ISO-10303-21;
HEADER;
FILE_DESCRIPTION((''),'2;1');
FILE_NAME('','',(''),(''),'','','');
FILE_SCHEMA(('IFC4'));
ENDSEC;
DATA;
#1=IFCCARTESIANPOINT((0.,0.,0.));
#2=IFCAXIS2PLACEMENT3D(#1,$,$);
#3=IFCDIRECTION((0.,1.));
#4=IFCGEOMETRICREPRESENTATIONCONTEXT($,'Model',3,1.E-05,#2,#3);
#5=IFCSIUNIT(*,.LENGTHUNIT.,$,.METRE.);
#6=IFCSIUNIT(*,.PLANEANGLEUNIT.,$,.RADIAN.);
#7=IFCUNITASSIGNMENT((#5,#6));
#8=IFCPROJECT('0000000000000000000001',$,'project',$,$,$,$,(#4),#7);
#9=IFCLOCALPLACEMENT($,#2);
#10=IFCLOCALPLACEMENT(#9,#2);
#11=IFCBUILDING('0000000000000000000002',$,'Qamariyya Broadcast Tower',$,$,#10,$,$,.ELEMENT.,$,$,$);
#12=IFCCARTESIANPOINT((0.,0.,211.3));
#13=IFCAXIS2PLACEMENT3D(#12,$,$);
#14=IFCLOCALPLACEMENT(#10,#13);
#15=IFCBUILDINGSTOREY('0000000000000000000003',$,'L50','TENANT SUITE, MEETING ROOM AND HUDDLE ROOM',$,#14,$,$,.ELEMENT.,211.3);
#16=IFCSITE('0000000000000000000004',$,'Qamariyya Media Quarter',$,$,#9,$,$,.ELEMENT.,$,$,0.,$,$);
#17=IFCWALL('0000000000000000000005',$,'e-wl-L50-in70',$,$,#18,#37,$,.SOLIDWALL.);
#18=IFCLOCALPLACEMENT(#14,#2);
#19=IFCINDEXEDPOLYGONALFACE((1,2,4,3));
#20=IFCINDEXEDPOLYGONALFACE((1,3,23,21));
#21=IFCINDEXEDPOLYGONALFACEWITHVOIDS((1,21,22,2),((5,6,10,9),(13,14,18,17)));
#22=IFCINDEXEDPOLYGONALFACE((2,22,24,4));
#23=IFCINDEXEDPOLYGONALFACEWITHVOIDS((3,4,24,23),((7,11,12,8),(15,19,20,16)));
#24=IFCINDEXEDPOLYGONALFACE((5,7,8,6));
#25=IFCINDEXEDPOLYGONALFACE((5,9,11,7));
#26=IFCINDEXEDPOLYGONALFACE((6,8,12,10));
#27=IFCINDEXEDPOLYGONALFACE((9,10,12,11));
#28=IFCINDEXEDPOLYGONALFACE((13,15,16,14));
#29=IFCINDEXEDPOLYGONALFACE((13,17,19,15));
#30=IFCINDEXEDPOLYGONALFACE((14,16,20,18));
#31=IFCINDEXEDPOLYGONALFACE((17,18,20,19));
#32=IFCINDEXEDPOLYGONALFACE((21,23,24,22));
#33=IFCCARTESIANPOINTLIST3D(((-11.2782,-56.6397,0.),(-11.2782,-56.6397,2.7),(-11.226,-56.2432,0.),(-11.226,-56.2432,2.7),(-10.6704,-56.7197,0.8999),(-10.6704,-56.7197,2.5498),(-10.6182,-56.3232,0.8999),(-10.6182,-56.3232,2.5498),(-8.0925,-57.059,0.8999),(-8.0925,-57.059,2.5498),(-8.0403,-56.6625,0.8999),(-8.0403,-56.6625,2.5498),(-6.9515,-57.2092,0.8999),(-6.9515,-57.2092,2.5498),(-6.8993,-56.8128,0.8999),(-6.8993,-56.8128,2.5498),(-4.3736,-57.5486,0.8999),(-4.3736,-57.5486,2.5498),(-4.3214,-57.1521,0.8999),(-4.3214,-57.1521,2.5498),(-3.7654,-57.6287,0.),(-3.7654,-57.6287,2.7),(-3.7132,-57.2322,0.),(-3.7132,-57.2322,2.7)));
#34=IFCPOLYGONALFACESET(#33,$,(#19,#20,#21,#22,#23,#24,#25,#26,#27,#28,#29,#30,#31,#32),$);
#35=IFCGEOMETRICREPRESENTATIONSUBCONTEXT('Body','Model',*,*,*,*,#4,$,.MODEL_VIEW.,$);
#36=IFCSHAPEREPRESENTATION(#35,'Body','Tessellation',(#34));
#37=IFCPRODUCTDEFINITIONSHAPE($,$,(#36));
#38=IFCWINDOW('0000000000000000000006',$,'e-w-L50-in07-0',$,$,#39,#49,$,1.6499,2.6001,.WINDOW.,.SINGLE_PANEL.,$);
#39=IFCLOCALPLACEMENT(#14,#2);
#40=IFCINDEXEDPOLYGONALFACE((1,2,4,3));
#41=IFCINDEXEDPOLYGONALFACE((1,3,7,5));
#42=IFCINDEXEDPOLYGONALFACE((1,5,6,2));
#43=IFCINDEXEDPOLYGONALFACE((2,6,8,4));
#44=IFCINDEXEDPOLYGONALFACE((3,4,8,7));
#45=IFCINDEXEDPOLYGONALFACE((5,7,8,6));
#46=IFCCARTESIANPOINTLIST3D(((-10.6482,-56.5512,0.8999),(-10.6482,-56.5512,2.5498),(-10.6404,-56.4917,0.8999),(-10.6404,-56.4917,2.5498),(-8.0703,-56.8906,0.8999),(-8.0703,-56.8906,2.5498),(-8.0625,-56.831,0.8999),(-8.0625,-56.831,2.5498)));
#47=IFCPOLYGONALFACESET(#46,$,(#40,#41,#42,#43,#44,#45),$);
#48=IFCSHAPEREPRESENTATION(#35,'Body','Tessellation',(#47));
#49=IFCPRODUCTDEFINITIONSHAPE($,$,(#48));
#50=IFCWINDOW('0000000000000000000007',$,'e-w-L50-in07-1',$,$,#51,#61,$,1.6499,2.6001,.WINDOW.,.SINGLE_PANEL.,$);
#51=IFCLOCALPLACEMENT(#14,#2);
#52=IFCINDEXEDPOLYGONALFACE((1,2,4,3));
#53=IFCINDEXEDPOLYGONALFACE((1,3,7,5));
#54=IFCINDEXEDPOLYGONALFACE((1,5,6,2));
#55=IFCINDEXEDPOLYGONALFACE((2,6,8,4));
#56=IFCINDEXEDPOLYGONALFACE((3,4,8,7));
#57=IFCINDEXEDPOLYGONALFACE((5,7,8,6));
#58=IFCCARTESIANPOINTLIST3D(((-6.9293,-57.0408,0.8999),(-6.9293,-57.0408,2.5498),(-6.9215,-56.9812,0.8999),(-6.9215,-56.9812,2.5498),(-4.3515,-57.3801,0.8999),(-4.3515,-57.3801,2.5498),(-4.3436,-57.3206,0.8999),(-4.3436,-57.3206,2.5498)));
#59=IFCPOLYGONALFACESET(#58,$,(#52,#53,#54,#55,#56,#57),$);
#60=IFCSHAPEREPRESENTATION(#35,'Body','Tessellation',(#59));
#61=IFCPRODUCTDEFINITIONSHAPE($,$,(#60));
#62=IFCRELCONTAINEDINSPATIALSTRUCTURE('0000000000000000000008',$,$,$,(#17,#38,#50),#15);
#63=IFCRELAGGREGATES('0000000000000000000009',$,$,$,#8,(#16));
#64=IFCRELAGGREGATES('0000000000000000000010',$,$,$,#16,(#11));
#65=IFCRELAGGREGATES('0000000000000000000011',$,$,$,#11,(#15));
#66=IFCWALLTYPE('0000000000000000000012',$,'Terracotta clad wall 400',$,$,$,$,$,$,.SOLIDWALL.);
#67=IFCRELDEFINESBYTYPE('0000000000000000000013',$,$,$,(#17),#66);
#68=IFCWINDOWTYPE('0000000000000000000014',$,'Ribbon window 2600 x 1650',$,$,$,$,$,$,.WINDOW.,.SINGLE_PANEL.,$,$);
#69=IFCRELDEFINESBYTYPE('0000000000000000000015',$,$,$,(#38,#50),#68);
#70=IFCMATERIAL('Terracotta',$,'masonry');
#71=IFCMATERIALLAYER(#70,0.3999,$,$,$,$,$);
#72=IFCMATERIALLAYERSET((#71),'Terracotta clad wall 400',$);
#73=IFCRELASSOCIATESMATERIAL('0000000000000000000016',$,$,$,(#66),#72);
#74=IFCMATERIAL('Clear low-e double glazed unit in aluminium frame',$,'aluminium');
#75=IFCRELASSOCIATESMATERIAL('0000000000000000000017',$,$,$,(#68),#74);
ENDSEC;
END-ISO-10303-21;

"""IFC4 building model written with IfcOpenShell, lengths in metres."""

from ifc_helpers import new_model, si_unit, direction, frame, frame_2d, origin, place, context, subcontext, project, spatial, rectangle, extrude, material, layer, layer_set, type_object, element, fill, save


model = new_model("IFC4")

# Units and contexts
model_context = context("Model", 3, precision=1e-05, world=origin(), true_north=direction((0.0, 1.0)))
body_context = subcontext(model_context, "Body", "Model", "MODEL_VIEW")
ifc_project = project(units=[si_unit("LENGTHUNIT", "METRE"), si_unit("PLANEANGLEUNIT", "RADIAN")], contexts=[model_context])

# Site, building, storey
site_placement = place(None, origin())
site = spatial("IfcSite", under=ifc_project, at=site_placement, Name="Qamariyya Media Quarter", CompositionType="ELEMENT", RefElevation=0.0)
building_placement = place(site_placement, origin())
building = spatial("IfcBuilding", under=site, at=building_placement, Name="Qamariyya Broadcast Tower", CompositionType="ELEMENT")
storey_placement = place(building_placement, frame((0.0, 0.0, 211.3)))
storey = spatial("IfcBuildingStorey", under=building, at=storey_placement, Name="L50", Description="TENANT SUITE, MEETING ROOM AND HUDDLE ROOM", CompositionType="ELEMENT", Elevation=211.3)

# Wall, openings, windows
ifc_material_1 = material(Name="Terracotta", Category="masonry")
ifc_layer_1 = layer(ifc_material_1, 0.3999)
ifc_layer_set_1 = layer_set([ifc_layer_1], Name="Terracotta clad wall 400")
wall_type_1 = type_object("IfcWallType", Name="Terracotta clad wall 400", PredefinedType="SOLIDWALL", material=ifc_layer_set_1)
ifc_material_2 = material(Name="Clear low-e double glazed unit in aluminium frame", Category="aluminium")
window_type = type_object("IfcWindowType", Name="Ribbon window 2600 x 1650", PartitioningType="SINGLE_PANEL", PredefinedType="WINDOW", material=ifc_material_2)
wall_1_placement = place(storey_placement, frame((-3.7393, -57.4304, 0.0), z_axis=(0.0, 0.0, 1.0), x_axis=(-0.991446, 0.130515, 0.0)))
wall_1 = element("IfcWall", 1, at=wall_1_placement, inside=storey, type_object=wall_type_1, Name="e-wl-L50-in70", PredefinedType="SOLIDWALL", context=body_context, shape_type="SweptSolid", body=[
    extrude(rectangle(XDim=7.5776, YDim=0.3999, at=frame_2d((3.7888, 0.0))), origin(), (0.0, 0.0, 1.0), 2.7),
])
opening_1_placement = place(wall_1_placement, frame((4.3645, 0.0, 0.8999)))
opening_1 = element("IfcOpeningElement", 2, at=opening_1_placement, cuts=wall_1, PredefinedType="OPENING", context=body_context, shape_type="SweptSolid", body=[
    extrude(rectangle(XDim=2.6001, YDim=1.6499, at=frame_2d((1.3, 0.825))), frame((0.0, 0.21, 0.0), z_axis=(0.0, -1.0, 0.0), x_axis=(1.0, 0.0, 0.0)), (0.0, 0.0, 1.0), 0.4199),
])
opening_2_placement = place(wall_1_placement, frame((0.6135, 0.0, 0.8999)))
opening_2 = element("IfcOpeningElement", 3, at=opening_2_placement, cuts=wall_1, PredefinedType="OPENING", context=body_context, shape_type="SweptSolid", body=[
    extrude(rectangle(XDim=2.6001, YDim=1.6499, at=frame_2d((1.3, 0.825))), frame((0.0, 0.21, 0.0), z_axis=(0.0, -1.0, 0.0), x_axis=(1.0, 0.0, 0.0)), (0.0, 0.0, 1.0), 0.4199),
])
window_1_placement = place(opening_1_placement, origin())
window_1 = element("IfcWindow", 4, at=window_1_placement, inside=storey, type_object=window_type, Name="e-w-L50-in07-0", OverallHeight=1.6499, OverallWidth=2.6001, PartitioningType="SINGLE_PANEL", PredefinedType="WINDOW", context=body_context, shape_type="SweptSolid", body=[
    extrude(rectangle(XDim=2.6001, YDim=1.6499, at=frame_2d((1.3, 0.825))), frame((0.0, 0.03, 0.0), z_axis=(0.0, -1.0, 0.0), x_axis=(1.0, 0.0, 0.0)), (0.0, 0.0, 1.0), 0.0601),
])
fill(opening_1, window_1)
window_2_placement = place(opening_2_placement, origin())
window_2 = element("IfcWindow", 5, at=window_2_placement, inside=storey, type_object=window_type, Name="e-w-L50-in07-1", OverallHeight=1.6499, OverallWidth=2.6001, PartitioningType="SINGLE_PANEL", PredefinedType="WINDOW", context=body_context, shape_type="SweptSolid", body=[
    extrude(rectangle(XDim=2.6001, YDim=1.6499, at=frame_2d((1.3, 0.825))), frame((0.0, 0.03, 0.0), z_axis=(0.0, -1.0, 0.0), x_axis=(1.0, 0.0, 0.0)), (0.0, 0.0, 1.0), 0.0601),
])
fill(opening_2, window_2)

save(model, "model.ifc")
